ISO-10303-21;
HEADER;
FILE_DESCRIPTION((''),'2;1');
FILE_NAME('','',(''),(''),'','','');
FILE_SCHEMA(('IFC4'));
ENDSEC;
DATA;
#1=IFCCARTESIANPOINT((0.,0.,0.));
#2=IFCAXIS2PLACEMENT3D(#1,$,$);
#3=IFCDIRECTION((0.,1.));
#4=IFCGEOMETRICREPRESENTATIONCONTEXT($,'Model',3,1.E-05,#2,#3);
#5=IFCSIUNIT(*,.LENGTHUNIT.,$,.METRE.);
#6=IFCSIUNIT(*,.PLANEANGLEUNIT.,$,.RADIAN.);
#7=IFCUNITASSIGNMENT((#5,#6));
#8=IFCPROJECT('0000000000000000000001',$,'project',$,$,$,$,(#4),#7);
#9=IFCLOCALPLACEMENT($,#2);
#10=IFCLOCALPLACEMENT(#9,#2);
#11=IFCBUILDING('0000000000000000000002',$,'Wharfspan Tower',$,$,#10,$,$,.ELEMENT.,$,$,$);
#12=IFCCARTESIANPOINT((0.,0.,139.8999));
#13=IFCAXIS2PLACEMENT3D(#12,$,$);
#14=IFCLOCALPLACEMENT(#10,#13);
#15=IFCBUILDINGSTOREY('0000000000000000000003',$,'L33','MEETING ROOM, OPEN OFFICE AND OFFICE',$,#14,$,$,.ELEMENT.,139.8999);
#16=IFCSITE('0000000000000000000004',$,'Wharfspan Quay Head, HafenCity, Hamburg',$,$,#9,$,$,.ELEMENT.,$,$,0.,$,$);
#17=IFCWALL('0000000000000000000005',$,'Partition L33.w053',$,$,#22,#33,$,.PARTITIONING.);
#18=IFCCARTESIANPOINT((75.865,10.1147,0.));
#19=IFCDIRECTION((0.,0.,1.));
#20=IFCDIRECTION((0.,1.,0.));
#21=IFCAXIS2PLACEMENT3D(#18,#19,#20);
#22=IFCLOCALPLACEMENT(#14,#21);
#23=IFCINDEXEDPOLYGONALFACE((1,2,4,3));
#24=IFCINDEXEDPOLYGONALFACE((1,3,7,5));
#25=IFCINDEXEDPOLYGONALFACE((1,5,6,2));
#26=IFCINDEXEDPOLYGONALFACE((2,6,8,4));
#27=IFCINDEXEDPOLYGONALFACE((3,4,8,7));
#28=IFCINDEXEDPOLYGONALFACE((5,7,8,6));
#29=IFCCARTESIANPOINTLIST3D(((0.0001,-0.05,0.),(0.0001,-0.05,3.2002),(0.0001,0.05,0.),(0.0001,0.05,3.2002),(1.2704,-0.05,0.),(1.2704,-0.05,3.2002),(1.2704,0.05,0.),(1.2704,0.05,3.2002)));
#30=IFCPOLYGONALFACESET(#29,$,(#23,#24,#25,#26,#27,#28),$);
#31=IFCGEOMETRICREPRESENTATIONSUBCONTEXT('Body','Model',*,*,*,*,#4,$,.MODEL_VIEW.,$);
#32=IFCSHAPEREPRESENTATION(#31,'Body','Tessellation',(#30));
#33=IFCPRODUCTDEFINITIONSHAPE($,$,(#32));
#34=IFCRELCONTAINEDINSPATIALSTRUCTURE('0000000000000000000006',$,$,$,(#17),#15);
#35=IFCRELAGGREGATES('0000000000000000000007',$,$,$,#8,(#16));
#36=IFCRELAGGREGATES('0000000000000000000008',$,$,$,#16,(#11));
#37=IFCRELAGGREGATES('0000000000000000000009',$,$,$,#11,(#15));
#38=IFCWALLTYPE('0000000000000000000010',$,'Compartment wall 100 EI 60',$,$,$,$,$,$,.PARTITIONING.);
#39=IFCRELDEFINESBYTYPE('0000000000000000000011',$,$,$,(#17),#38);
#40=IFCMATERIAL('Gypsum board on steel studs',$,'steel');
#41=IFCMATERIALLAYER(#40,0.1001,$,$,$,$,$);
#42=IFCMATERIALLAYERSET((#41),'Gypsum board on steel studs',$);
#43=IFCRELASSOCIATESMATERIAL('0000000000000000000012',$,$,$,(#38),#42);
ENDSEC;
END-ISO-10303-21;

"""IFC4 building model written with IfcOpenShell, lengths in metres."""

from ifc_helpers import new_model, si_unit, direction, frame, frame_2d, origin, place, context, subcontext, project, spatial, rectangle, extrude, material, layer, layer_set, type_object, element, save


model = new_model("IFC4")

# Units and contexts
model_context = context("Model", 3, precision=1e-05, world=origin(), true_north=direction((0.0, 1.0)))
body_context = subcontext(model_context, "Body", "Model", "MODEL_VIEW")
ifc_project = project(units=[si_unit("LENGTHUNIT", "METRE"), si_unit("PLANEANGLEUNIT", "RADIAN")], contexts=[model_context])

# Site, building, storey
site_placement = place(None, origin())
site = spatial("IfcSite", under=ifc_project, at=site_placement, Name="Wharfspan Quay Head, HafenCity, Hamburg", CompositionType="ELEMENT", RefElevation=0.0)
building_placement = place(site_placement, origin())
building = spatial("IfcBuilding", under=site, at=building_placement, Name="Wharfspan Tower", CompositionType="ELEMENT")
storey_placement = place(building_placement, frame((0.0, 0.0, 139.8999)))
storey = spatial("IfcBuildingStorey", under=building, at=storey_placement, Name="L33", Description="MEETING ROOM, OPEN OFFICE AND OFFICE", CompositionType="ELEMENT", Elevation=139.8999)

# Shared definitions
ifc_material_1 = material(Name="Gypsum board on steel studs", Category="steel")
ifc_layer_1 = layer(ifc_material_1, 0.1001)
ifc_layer_set_1 = layer_set([ifc_layer_1], Name="Gypsum board on steel studs")
wall_type_1 = type_object("IfcWallType", Name="Compartment wall 100 EI 60", PredefinedType="PARTITIONING", material=ifc_layer_set_1)

# Wall
wall_1_placement = place(storey_placement, frame((75.865, 10.1147, 0.0), z_axis=(0.0, 0.0, 1.0), x_axis=(0.0, 1.0, 0.0)))
element("IfcWall", 1, at=wall_1_placement, inside=storey, type_object=wall_type_1, Name="Partition L33.w053", PredefinedType="PARTITIONING", context=body_context, shape_type="SweptSolid", body=[
    extrude(rectangle(XDim=1.2703, YDim=0.1001, at=frame_2d((0.6353, 0.0))), origin(), (0.0, 0.0, 1.0), 3.2002),
])

save(model, "model.ifc")
